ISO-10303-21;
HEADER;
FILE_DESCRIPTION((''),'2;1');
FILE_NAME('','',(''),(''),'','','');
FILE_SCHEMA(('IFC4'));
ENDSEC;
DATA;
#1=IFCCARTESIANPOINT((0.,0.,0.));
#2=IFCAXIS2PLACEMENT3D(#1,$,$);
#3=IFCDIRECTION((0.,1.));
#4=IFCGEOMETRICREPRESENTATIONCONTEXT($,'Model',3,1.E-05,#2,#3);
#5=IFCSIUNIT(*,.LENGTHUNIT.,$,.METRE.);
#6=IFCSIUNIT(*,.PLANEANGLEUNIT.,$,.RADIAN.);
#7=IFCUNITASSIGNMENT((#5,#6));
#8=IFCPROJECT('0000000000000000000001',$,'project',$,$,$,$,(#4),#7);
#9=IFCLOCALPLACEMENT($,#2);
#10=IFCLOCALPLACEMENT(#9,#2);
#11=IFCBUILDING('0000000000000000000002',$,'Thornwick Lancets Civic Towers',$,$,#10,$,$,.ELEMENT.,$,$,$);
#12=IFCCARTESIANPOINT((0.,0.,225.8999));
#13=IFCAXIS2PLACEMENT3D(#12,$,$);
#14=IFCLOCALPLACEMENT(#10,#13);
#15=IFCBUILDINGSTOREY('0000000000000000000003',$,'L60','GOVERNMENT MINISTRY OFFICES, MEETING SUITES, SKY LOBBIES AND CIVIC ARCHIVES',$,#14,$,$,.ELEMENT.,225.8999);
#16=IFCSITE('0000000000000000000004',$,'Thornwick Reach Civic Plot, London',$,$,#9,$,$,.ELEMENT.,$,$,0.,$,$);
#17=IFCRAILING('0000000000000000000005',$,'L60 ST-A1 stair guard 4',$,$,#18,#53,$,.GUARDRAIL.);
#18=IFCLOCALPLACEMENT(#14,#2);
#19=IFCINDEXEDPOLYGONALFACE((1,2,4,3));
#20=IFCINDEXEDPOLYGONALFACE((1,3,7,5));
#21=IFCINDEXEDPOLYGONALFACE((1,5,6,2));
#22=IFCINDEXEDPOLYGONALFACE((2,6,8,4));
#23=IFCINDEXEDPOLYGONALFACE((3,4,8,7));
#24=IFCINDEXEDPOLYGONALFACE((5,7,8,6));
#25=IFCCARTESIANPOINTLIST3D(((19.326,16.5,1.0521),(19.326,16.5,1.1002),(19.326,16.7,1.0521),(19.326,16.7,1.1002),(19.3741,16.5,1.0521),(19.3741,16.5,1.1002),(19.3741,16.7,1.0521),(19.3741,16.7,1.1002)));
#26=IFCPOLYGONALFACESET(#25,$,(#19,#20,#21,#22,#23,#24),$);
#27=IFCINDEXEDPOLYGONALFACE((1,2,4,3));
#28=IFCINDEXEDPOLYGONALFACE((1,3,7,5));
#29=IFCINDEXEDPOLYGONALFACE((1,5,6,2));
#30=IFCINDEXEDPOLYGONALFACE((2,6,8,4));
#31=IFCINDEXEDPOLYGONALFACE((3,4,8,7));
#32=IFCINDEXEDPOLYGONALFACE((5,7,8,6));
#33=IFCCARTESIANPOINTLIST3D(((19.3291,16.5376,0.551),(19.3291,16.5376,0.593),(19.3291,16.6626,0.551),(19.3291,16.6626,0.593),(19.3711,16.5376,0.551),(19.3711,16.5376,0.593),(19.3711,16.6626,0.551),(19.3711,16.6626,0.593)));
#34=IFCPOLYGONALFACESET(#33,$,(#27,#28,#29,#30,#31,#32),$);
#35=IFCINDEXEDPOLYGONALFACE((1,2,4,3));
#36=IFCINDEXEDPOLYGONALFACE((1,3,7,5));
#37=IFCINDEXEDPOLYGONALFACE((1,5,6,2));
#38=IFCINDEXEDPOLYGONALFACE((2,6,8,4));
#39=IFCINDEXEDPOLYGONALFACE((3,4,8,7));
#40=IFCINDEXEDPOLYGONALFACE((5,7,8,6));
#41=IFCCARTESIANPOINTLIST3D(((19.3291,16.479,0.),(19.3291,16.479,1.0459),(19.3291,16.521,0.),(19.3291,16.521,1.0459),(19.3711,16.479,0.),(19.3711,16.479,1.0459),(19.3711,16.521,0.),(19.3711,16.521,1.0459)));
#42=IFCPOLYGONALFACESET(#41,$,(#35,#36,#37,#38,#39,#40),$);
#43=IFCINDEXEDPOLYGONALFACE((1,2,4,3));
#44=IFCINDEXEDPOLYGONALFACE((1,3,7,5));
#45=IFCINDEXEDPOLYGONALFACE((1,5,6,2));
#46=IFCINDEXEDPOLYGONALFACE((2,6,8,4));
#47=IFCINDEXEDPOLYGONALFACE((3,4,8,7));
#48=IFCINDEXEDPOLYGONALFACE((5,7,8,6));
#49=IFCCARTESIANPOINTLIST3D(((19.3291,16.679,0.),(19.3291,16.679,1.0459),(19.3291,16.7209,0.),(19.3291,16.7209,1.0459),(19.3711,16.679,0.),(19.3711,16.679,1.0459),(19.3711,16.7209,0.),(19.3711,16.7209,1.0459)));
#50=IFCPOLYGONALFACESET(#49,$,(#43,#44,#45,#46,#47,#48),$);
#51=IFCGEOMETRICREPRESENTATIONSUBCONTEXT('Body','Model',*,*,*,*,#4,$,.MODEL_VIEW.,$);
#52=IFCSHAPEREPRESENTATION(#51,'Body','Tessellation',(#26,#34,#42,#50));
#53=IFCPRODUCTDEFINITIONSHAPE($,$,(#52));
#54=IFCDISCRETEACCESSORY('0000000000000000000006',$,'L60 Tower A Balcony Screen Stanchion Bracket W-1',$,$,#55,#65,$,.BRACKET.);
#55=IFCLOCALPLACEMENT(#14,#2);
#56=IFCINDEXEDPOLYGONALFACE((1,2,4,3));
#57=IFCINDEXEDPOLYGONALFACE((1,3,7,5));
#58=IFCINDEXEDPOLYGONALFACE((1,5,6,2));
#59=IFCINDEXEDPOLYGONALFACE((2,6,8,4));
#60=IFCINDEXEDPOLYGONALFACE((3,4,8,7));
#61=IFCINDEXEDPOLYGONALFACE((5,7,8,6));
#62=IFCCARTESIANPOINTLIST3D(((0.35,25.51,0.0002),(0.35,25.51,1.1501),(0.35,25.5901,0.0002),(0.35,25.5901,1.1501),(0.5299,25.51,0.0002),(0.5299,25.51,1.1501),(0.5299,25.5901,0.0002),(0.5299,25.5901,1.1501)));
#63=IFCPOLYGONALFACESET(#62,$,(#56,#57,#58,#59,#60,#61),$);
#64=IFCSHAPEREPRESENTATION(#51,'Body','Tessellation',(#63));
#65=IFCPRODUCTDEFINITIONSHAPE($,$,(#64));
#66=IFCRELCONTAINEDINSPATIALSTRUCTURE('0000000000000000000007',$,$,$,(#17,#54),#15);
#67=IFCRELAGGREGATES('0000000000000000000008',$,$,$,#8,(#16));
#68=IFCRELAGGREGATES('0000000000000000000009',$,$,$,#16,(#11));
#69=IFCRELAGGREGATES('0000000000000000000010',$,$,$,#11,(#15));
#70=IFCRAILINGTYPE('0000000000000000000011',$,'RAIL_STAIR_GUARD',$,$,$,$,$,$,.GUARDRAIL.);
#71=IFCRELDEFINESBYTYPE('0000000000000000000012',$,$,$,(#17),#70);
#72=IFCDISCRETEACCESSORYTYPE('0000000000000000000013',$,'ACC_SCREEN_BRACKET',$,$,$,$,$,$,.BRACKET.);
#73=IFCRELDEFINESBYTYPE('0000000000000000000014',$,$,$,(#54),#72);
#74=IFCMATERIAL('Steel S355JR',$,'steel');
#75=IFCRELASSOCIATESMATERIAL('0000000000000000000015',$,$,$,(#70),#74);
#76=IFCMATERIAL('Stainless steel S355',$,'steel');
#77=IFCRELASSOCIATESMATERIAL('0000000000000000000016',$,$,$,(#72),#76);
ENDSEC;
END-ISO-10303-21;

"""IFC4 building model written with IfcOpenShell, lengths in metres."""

from ifc_helpers import new_model, si_unit, direction, frame, origin, origin_2d, place, context, subcontext, project, spatial, rectangle, extrude, material, type_object, element, save


model = new_model("IFC4")

# Units and contexts
model_context = context("Model", 3, precision=1e-05, world=origin(), true_north=direction((0.0, 1.0)))
body_context = subcontext(model_context, "Body", "Model", "MODEL_VIEW")
ifc_project = project(units=[si_unit("LENGTHUNIT", "METRE"), si_unit("PLANEANGLEUNIT", "RADIAN")], contexts=[model_context])

# Site, building, storey
site_placement = place(None, origin())
site = spatial("IfcSite", under=ifc_project, at=site_placement, Name="Thornwick Reach Civic Plot, London", CompositionType="ELEMENT", RefElevation=0.0)
building_placement = place(site_placement, origin())
building = spatial("IfcBuilding", under=site, at=building_placement, Name="Thornwick Lancets Civic Towers", CompositionType="ELEMENT")
storey_placement = place(building_placement, frame((0.0, 0.0, 225.8999)))
storey = spatial("IfcBuildingStorey", under=building, at=storey_placement, Name="L60", Description="GOVERNMENT MINISTRY OFFICES, MEETING SUITES, SKY LOBBIES AND CIVIC ARCHIVES", CompositionType="ELEMENT", Elevation=225.8999)

# Railing
ifc_material_1 = material(Name="Steel S355JR", Category="steel")
railing_type_1 = type_object("IfcRailingType", Name="RAIL_STAIR_GUARD", PredefinedType="GUARDRAIL", material=ifc_material_1)
railing_1_placement = place(storey_placement, frame((19.3501, 16.5, 0.0)))
element("IfcRailing", 1, at=railing_1_placement, inside=storey, type_object=railing_type_1, Name="L60 ST-A1 stair guard 4", PredefinedType="GUARDRAIL", context=body_context, shape_type="SweptSolid", body=[
    extrude(rectangle(XDim=0.0481, YDim=0.0481, at=origin_2d()), frame((0.0, 0.0, 1.0762), z_axis=(0.0, 1.0, 0.0), x_axis=(-1.0, 0.0, 0.0)), (0.0, 0.0, 1.0), 0.2),
    extrude(rectangle(XDim=0.042, YDim=0.042, at=origin_2d()), frame((0.0, 0.0376, 0.572), z_axis=(0.0, 1.0, 0.0), x_axis=(-1.0, 0.0, 0.0)), (0.0, 0.0, 1.0), 0.125),
    extrude(rectangle(XDim=0.042, YDim=0.042, at=origin_2d()), origin(), (0.0, 0.0, 1.0), 1.0459),
    extrude(rectangle(XDim=0.042, YDim=0.042, at=origin_2d()), frame((0.0, 0.2, 0.0)), (0.0, 0.0, 1.0), 1.0459),
])

# Discrete accessory
ifc_material_2 = material(Name="Stainless steel S355", Category="steel")
discrete_accessory_type = type_object("IfcDiscreteAccessoryType", Name="ACC_SCREEN_BRACKET", PredefinedType="BRACKET", material=ifc_material_2)
discrete_accessory_placement = place(storey_placement, frame((0.4399, 25.55, 0.0002), z_axis=(0.0, 0.0, 1.0), x_axis=(0.0, 1.0, 0.0)))
element("IfcDiscreteAccessory", 2, at=discrete_accessory_placement, inside=storey, type_object=discrete_accessory_type, Name="L60 Tower A Balcony Screen Stanchion Bracket W-1", PredefinedType="BRACKET", context=body_context, shape_type="SweptSolid", body=[
    extrude(rectangle(XDim=0.0801, YDim=0.1799, at=origin_2d()), origin(), (0.0, 0.0, 1.0), 1.1499),
])

save(model, "model.ifc")
